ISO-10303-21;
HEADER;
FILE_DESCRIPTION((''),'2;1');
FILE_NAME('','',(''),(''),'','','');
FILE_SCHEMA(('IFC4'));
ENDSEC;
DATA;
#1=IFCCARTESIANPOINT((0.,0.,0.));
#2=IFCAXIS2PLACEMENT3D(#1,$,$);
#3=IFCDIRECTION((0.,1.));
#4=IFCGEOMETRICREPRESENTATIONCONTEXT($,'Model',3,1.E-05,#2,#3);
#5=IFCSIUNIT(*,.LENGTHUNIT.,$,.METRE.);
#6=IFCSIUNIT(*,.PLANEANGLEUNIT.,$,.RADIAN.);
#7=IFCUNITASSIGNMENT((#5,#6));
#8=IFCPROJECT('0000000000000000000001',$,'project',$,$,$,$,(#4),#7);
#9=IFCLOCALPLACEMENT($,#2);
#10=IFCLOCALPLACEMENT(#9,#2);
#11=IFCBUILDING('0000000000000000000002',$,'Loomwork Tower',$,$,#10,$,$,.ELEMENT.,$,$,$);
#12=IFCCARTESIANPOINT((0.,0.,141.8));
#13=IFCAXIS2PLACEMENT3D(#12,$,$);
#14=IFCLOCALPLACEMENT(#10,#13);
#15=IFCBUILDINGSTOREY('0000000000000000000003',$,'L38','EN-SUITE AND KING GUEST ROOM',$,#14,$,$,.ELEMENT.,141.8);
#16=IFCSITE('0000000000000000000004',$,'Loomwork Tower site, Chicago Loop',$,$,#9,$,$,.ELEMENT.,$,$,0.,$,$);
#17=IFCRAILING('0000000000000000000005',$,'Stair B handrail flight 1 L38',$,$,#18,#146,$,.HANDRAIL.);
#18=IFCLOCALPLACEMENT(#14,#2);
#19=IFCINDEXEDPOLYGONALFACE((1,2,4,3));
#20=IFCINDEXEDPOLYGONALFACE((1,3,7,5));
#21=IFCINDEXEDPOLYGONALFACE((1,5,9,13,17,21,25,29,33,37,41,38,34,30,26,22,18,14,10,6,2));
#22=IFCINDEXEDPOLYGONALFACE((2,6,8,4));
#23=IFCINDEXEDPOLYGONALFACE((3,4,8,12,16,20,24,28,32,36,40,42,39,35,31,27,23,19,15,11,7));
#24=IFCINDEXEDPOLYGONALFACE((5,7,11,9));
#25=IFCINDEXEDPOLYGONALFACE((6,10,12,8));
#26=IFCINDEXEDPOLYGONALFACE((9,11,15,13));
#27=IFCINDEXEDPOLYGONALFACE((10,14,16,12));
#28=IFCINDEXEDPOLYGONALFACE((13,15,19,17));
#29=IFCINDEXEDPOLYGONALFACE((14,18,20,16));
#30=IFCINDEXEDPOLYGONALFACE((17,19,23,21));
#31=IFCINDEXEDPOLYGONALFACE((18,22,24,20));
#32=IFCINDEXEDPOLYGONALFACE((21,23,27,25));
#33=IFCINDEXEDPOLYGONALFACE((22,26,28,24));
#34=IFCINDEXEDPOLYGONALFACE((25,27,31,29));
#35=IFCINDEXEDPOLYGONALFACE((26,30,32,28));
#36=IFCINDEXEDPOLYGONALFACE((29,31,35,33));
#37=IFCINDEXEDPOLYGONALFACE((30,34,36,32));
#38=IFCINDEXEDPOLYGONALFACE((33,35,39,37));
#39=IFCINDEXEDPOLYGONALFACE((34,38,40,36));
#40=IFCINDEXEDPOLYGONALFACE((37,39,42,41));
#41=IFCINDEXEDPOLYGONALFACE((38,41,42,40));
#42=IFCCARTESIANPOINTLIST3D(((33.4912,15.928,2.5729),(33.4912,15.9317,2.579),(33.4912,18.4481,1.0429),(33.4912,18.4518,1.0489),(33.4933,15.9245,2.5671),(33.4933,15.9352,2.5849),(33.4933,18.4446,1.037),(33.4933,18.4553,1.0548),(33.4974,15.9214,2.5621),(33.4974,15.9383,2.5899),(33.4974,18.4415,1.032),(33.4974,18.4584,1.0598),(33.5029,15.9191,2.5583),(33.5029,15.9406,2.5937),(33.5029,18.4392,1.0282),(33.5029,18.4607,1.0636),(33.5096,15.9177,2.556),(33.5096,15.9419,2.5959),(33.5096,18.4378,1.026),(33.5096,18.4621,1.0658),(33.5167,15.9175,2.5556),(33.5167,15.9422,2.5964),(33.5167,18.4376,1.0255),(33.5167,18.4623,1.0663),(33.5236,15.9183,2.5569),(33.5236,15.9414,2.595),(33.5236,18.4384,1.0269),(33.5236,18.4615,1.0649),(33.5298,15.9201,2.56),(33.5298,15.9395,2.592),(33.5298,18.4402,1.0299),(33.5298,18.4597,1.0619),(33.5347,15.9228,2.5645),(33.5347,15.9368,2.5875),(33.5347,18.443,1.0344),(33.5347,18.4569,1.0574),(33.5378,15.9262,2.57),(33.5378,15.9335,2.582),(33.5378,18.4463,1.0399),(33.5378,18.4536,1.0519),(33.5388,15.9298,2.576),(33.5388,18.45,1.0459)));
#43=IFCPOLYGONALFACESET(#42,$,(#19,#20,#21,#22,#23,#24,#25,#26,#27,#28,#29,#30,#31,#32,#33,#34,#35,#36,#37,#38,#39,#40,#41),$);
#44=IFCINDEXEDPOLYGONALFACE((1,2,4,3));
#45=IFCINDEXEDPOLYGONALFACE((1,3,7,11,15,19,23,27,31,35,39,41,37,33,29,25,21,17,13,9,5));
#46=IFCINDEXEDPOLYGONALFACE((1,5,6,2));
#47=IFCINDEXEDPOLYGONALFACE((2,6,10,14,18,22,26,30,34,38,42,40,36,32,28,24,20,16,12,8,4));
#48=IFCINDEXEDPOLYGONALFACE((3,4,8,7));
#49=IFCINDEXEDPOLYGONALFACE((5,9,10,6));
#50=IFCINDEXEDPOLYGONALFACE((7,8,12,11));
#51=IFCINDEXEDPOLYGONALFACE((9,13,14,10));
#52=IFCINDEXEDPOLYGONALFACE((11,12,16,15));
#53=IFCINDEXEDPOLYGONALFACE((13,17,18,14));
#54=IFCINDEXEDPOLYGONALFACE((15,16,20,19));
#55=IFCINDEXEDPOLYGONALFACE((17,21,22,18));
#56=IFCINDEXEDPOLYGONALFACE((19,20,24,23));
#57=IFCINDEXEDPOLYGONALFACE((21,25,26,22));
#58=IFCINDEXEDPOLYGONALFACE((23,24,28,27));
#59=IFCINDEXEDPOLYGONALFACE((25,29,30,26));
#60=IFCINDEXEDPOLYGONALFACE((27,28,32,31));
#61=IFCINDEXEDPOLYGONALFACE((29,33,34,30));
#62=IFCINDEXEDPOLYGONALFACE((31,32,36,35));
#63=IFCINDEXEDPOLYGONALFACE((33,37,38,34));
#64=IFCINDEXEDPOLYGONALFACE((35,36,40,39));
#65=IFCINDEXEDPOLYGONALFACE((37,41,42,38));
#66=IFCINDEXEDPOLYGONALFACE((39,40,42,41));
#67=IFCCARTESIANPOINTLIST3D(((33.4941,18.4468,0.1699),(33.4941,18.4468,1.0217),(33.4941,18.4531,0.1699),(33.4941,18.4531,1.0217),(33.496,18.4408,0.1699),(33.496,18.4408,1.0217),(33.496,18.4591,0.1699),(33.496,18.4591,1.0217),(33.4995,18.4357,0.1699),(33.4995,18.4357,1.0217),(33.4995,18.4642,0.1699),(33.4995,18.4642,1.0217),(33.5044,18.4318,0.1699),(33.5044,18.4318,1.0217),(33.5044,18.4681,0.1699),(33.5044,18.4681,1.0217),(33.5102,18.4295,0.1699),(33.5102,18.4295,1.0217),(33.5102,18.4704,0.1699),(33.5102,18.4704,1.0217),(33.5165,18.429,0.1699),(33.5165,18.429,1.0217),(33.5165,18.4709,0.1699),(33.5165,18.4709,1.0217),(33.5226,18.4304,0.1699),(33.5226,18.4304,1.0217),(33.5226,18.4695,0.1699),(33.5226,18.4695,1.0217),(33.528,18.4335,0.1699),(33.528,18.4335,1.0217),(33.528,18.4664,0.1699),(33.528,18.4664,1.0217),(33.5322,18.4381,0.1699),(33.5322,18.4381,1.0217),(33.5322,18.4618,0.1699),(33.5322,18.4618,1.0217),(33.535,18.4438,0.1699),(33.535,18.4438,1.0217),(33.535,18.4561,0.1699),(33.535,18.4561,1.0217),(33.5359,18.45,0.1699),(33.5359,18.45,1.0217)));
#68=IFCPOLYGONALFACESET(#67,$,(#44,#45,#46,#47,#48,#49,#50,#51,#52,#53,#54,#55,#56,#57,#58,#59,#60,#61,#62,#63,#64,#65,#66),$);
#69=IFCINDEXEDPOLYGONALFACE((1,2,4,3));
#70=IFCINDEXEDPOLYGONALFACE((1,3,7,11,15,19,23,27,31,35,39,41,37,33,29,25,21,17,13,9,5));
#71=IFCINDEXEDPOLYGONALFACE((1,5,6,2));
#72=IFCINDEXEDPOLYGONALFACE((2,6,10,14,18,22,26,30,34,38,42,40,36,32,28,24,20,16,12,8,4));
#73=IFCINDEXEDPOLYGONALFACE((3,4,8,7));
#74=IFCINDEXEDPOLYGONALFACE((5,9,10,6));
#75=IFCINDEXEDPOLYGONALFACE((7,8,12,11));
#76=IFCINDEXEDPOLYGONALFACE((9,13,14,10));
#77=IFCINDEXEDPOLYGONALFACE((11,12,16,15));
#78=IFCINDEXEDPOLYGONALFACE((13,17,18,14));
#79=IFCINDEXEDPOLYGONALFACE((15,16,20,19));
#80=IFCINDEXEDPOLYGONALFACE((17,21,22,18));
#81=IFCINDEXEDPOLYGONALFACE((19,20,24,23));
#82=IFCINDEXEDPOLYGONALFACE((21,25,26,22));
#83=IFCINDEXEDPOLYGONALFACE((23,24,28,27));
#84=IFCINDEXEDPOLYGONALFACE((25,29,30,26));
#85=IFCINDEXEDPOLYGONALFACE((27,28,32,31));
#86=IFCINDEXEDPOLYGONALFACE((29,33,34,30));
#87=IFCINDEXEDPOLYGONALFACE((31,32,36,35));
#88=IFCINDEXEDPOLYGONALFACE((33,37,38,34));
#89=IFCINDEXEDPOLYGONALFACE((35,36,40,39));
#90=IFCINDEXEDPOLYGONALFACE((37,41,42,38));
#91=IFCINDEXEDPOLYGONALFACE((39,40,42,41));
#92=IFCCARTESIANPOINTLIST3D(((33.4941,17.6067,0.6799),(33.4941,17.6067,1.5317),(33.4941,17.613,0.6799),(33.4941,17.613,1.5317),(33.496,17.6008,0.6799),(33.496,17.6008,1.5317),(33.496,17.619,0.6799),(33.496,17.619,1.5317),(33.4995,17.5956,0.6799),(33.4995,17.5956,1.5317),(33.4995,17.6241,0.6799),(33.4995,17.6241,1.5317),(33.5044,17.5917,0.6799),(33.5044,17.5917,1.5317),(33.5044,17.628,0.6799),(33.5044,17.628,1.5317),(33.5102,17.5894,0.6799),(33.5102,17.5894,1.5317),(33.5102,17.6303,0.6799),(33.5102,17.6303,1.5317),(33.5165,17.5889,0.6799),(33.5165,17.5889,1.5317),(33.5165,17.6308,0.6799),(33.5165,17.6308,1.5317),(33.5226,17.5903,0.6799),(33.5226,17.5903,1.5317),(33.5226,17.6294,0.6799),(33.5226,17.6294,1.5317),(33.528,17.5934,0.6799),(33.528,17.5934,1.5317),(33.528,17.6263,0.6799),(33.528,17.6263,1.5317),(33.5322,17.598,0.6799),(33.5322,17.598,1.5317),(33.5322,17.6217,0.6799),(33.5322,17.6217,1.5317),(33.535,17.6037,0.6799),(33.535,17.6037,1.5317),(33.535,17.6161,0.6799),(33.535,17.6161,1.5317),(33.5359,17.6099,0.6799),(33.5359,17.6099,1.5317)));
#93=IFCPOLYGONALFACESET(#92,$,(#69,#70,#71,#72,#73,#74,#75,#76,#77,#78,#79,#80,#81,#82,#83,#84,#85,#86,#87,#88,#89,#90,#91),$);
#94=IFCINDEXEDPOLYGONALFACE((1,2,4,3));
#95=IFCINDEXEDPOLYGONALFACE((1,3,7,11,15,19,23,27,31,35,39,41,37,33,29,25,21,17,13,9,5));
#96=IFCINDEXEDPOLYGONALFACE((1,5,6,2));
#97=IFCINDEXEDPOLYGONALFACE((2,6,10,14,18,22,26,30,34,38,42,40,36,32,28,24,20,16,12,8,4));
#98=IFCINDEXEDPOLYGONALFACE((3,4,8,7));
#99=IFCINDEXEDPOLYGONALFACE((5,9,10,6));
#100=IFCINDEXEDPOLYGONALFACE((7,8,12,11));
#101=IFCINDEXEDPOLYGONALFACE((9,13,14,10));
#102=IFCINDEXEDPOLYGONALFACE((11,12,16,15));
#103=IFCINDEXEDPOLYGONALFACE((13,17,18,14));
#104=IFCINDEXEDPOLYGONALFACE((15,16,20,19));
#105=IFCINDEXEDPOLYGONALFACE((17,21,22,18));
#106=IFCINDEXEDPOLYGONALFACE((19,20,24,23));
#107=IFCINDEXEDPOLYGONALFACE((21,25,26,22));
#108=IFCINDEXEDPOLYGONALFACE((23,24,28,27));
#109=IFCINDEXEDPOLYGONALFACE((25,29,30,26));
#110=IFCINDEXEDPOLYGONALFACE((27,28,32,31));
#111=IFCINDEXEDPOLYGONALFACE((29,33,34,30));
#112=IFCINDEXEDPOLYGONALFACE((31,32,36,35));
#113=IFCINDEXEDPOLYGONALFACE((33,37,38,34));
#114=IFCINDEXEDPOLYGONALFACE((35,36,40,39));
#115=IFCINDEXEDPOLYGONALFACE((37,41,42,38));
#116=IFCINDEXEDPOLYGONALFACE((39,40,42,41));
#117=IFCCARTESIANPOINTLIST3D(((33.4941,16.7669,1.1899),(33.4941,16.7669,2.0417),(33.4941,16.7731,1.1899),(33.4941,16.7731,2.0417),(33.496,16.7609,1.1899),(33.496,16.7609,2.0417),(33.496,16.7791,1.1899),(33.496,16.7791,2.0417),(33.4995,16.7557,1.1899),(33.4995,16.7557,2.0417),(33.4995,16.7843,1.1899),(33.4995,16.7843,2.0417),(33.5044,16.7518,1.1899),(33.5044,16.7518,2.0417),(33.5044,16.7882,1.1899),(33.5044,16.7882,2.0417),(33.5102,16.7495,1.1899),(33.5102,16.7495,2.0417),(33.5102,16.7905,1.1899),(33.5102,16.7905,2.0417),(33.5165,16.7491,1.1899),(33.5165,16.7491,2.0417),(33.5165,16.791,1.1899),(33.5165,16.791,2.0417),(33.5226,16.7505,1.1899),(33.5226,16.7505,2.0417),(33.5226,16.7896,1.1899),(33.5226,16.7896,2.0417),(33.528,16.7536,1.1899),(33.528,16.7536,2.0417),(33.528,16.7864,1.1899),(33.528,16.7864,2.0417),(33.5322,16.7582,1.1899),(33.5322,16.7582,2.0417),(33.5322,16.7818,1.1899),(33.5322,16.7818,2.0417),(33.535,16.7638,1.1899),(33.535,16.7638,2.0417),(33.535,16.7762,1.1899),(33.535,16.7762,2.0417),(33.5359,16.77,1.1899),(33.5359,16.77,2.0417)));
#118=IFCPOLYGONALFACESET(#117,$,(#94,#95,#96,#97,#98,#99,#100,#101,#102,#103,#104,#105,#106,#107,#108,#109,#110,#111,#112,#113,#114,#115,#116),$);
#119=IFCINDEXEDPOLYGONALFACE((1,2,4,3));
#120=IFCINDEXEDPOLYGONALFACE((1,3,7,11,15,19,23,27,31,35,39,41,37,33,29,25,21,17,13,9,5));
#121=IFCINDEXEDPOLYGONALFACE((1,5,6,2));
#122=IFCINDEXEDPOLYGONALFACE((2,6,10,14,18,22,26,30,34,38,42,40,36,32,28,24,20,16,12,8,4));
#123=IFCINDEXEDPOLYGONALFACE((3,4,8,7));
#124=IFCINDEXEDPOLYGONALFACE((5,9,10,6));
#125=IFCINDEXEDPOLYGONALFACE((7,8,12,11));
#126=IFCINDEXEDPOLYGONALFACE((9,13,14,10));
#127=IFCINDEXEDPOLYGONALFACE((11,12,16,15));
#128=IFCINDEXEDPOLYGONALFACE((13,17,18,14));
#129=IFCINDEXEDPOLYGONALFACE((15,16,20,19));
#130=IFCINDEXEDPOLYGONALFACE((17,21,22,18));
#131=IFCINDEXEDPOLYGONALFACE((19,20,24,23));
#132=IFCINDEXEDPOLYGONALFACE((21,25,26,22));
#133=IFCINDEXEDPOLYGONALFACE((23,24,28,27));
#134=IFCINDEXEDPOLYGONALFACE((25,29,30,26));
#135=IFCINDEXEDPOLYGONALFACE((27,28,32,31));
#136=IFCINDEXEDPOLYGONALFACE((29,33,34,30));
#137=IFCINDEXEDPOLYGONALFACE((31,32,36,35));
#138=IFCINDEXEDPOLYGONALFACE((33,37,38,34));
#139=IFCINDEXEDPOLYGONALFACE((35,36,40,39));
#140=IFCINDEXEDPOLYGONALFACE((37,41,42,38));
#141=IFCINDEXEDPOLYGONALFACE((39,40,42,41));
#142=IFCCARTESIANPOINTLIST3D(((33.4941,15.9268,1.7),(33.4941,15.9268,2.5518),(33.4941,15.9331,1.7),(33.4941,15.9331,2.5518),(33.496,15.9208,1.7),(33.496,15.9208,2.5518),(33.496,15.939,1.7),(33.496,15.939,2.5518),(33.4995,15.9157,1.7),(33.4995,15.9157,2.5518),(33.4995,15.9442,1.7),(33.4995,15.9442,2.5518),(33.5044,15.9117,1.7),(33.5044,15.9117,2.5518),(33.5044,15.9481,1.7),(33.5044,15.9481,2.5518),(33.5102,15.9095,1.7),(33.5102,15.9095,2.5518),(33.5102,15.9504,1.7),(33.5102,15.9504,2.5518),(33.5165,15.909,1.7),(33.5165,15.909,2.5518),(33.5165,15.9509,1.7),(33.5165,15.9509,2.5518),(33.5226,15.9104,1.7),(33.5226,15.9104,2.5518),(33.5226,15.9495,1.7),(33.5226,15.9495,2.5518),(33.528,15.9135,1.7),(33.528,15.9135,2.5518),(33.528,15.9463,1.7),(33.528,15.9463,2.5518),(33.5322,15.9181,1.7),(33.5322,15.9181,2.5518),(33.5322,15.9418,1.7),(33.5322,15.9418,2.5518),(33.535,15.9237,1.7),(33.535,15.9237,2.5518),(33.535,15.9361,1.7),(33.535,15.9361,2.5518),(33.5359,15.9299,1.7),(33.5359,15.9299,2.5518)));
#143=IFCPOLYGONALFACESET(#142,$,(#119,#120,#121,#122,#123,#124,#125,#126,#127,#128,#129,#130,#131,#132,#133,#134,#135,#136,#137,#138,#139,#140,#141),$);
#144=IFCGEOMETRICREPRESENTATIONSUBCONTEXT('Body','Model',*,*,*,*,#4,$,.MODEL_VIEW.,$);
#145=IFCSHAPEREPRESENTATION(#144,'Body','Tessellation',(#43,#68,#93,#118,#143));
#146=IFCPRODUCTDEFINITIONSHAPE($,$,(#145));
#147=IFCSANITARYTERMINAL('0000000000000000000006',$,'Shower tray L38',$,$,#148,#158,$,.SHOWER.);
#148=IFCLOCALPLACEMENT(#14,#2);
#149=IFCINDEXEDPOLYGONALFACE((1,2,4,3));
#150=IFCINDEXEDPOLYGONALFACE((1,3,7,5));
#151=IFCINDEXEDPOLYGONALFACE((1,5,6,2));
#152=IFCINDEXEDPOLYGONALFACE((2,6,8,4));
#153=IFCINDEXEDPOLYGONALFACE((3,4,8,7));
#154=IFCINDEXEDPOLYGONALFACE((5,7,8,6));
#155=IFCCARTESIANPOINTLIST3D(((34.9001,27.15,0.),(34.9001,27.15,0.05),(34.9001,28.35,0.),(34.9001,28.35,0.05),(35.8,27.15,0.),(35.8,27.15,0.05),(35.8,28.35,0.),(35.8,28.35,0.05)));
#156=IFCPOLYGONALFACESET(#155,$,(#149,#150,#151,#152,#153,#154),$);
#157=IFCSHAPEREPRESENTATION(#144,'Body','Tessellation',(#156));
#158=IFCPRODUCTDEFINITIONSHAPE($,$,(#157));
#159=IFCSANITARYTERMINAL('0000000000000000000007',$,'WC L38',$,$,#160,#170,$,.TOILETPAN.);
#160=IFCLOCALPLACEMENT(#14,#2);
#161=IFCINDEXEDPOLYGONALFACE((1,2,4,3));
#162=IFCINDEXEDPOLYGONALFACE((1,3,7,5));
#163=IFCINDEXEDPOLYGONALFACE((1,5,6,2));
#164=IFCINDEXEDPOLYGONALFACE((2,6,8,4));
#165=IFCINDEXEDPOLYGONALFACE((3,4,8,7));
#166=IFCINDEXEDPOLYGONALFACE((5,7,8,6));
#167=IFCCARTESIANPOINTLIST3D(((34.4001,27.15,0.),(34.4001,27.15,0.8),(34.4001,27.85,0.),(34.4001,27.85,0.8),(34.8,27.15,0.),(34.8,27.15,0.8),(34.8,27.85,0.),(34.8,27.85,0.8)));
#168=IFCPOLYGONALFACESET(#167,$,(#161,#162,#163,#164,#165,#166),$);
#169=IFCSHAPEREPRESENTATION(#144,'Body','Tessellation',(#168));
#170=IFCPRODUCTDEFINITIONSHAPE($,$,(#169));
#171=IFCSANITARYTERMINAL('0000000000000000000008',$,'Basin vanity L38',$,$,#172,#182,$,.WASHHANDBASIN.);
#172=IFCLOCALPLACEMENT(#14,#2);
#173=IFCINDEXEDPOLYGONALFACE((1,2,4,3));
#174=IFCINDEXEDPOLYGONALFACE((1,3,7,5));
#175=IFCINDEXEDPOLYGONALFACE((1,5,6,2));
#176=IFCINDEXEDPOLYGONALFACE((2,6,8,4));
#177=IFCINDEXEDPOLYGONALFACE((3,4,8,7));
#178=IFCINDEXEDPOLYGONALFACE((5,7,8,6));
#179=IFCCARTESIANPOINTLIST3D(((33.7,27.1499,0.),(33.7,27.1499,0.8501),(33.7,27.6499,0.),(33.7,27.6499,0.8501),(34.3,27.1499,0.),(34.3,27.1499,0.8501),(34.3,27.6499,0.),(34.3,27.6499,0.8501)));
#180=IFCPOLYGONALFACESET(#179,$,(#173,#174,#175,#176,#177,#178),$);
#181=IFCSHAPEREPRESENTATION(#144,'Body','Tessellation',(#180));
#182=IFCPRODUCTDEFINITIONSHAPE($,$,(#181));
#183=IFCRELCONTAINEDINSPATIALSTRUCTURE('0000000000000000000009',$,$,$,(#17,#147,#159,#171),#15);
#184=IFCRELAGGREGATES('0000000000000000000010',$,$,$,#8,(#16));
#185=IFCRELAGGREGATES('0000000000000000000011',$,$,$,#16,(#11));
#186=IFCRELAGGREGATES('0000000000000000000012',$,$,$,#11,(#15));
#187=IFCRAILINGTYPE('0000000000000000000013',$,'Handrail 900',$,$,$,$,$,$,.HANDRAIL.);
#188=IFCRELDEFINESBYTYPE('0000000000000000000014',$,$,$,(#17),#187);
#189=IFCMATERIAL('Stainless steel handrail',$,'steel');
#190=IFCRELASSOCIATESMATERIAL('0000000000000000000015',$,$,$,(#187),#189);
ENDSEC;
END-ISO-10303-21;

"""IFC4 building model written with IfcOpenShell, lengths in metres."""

from ifc_helpers import new_model, si_unit, direction, frame, origin, origin_2d, place, context, subcontext, project, spatial, rectangle, circle, extrude, material, type_object, element, save


model = new_model("IFC4")

# Units and contexts
model_context = context("Model", 3, precision=1e-05, world=origin(), true_north=direction((0.0, 1.0)))
body_context = subcontext(model_context, "Body", "Model", "MODEL_VIEW")
ifc_project = project(units=[si_unit("LENGTHUNIT", "METRE"), si_unit("PLANEANGLEUNIT", "RADIAN")], contexts=[model_context])

# Site, building, storey
site_placement = place(None, origin())
site = spatial("IfcSite", under=ifc_project, at=site_placement, Name="Loomwork Tower site, Chicago Loop", CompositionType="ELEMENT", RefElevation=0.0)
building_placement = place(site_placement, origin())
building = spatial("IfcBuilding", under=site, at=building_placement, Name="Loomwork Tower", CompositionType="ELEMENT")
storey_placement = place(building_placement, frame((0.0, 0.0, 141.8)))
storey = spatial("IfcBuildingStorey", under=building, at=storey_placement, Name="L38", Description="EN-SUITE AND KING GUEST ROOM", CompositionType="ELEMENT", Elevation=141.8)

# Railing
ifc_material_1 = material(Name="Stainless steel handrail", Category="steel")
railing_type = type_object("IfcRailingType", Name="Handrail 900", PredefinedType="HANDRAIL", material=ifc_material_1)
railing_placement = place(storey_placement, frame((33.5149, 18.45, 0.1699)))
element("IfcRailing", 1, at=railing_placement, inside=storey, type_object=railing_type, Name="Stair B handrail flight 1 L38", PredefinedType="HANDRAIL", context=body_context, shape_type="SweptSolid", body=[
    extrude(circle(Radius=0.0239, at=origin_2d()), frame((0.0, 0.0, 0.876), z_axis=(0.0, -0.854785, 0.518982), x_axis=(1.0, 0.0, 0.0)), (0.0, 0.0, 1.0), 2.9482),
    extrude(circle(Radius=0.021, at=origin_2d()), origin(), (0.0, 0.0, 1.0), 0.8518),
    extrude(circle(Radius=0.021, at=origin_2d()), frame((0.0, -0.8401, 0.51)), (0.0, 0.0, 1.0), 0.8518),
    extrude(circle(Radius=0.021, at=origin_2d()), frame((0.0, -1.6799, 1.02)), (0.0, 0.0, 1.0), 0.8518),
    extrude(circle(Radius=0.021, at=origin_2d()), frame((0.0, -2.52, 1.53)), (0.0, 0.0, 1.0), 0.8518),
])

# Sanitary terminals
sanitary_terminal_1_placement = place(storey_placement, frame((35.3501, 27.75, 0.0), z_axis=(0.0, 0.0, 1.0), x_axis=(1.0, 0.0, 0.0)))
element("IfcSanitaryTerminal", 2, at=sanitary_terminal_1_placement, inside=storey, Name="Shower tray L38", PredefinedType="SHOWER", context=body_context, shape_type="SweptSolid", body=[
    extrude(rectangle(XDim=0.8999, YDim=1.2, at=origin_2d()), origin(), (0.0, 0.0, 1.0), 0.05),
])
sanitary_terminal_2_placement = place(storey_placement, frame((34.6001, 27.5, 0.0), z_axis=(0.0, 0.0, 1.0), x_axis=(1.0, 0.0, 0.0)))
element("IfcSanitaryTerminal", 3, at=sanitary_terminal_2_placement, inside=storey, Name="WC L38", PredefinedType="TOILETPAN", context=body_context, shape_type="SweptSolid", body=[
    extrude(rectangle(XDim=0.3999, YDim=0.7, at=origin_2d()), origin(), (0.0, 0.0, 1.0), 0.8),
])
sanitary_terminal_3_placement = place(storey_placement, frame((34.0, 27.3999, 0.0), z_axis=(0.0, 0.0, 1.0), x_axis=(1.0, 0.0, 0.0)))
element("IfcSanitaryTerminal", 4, at=sanitary_terminal_3_placement, inside=storey, Name="Basin vanity L38", PredefinedType="WASHHANDBASIN", context=body_context, shape_type="SweptSolid", body=[
    extrude(rectangle(XDim=0.6001, YDim=0.5, at=origin_2d()), origin(), (0.0, 0.0, 1.0), 0.8501),
])

save(model, "model.ifc")
